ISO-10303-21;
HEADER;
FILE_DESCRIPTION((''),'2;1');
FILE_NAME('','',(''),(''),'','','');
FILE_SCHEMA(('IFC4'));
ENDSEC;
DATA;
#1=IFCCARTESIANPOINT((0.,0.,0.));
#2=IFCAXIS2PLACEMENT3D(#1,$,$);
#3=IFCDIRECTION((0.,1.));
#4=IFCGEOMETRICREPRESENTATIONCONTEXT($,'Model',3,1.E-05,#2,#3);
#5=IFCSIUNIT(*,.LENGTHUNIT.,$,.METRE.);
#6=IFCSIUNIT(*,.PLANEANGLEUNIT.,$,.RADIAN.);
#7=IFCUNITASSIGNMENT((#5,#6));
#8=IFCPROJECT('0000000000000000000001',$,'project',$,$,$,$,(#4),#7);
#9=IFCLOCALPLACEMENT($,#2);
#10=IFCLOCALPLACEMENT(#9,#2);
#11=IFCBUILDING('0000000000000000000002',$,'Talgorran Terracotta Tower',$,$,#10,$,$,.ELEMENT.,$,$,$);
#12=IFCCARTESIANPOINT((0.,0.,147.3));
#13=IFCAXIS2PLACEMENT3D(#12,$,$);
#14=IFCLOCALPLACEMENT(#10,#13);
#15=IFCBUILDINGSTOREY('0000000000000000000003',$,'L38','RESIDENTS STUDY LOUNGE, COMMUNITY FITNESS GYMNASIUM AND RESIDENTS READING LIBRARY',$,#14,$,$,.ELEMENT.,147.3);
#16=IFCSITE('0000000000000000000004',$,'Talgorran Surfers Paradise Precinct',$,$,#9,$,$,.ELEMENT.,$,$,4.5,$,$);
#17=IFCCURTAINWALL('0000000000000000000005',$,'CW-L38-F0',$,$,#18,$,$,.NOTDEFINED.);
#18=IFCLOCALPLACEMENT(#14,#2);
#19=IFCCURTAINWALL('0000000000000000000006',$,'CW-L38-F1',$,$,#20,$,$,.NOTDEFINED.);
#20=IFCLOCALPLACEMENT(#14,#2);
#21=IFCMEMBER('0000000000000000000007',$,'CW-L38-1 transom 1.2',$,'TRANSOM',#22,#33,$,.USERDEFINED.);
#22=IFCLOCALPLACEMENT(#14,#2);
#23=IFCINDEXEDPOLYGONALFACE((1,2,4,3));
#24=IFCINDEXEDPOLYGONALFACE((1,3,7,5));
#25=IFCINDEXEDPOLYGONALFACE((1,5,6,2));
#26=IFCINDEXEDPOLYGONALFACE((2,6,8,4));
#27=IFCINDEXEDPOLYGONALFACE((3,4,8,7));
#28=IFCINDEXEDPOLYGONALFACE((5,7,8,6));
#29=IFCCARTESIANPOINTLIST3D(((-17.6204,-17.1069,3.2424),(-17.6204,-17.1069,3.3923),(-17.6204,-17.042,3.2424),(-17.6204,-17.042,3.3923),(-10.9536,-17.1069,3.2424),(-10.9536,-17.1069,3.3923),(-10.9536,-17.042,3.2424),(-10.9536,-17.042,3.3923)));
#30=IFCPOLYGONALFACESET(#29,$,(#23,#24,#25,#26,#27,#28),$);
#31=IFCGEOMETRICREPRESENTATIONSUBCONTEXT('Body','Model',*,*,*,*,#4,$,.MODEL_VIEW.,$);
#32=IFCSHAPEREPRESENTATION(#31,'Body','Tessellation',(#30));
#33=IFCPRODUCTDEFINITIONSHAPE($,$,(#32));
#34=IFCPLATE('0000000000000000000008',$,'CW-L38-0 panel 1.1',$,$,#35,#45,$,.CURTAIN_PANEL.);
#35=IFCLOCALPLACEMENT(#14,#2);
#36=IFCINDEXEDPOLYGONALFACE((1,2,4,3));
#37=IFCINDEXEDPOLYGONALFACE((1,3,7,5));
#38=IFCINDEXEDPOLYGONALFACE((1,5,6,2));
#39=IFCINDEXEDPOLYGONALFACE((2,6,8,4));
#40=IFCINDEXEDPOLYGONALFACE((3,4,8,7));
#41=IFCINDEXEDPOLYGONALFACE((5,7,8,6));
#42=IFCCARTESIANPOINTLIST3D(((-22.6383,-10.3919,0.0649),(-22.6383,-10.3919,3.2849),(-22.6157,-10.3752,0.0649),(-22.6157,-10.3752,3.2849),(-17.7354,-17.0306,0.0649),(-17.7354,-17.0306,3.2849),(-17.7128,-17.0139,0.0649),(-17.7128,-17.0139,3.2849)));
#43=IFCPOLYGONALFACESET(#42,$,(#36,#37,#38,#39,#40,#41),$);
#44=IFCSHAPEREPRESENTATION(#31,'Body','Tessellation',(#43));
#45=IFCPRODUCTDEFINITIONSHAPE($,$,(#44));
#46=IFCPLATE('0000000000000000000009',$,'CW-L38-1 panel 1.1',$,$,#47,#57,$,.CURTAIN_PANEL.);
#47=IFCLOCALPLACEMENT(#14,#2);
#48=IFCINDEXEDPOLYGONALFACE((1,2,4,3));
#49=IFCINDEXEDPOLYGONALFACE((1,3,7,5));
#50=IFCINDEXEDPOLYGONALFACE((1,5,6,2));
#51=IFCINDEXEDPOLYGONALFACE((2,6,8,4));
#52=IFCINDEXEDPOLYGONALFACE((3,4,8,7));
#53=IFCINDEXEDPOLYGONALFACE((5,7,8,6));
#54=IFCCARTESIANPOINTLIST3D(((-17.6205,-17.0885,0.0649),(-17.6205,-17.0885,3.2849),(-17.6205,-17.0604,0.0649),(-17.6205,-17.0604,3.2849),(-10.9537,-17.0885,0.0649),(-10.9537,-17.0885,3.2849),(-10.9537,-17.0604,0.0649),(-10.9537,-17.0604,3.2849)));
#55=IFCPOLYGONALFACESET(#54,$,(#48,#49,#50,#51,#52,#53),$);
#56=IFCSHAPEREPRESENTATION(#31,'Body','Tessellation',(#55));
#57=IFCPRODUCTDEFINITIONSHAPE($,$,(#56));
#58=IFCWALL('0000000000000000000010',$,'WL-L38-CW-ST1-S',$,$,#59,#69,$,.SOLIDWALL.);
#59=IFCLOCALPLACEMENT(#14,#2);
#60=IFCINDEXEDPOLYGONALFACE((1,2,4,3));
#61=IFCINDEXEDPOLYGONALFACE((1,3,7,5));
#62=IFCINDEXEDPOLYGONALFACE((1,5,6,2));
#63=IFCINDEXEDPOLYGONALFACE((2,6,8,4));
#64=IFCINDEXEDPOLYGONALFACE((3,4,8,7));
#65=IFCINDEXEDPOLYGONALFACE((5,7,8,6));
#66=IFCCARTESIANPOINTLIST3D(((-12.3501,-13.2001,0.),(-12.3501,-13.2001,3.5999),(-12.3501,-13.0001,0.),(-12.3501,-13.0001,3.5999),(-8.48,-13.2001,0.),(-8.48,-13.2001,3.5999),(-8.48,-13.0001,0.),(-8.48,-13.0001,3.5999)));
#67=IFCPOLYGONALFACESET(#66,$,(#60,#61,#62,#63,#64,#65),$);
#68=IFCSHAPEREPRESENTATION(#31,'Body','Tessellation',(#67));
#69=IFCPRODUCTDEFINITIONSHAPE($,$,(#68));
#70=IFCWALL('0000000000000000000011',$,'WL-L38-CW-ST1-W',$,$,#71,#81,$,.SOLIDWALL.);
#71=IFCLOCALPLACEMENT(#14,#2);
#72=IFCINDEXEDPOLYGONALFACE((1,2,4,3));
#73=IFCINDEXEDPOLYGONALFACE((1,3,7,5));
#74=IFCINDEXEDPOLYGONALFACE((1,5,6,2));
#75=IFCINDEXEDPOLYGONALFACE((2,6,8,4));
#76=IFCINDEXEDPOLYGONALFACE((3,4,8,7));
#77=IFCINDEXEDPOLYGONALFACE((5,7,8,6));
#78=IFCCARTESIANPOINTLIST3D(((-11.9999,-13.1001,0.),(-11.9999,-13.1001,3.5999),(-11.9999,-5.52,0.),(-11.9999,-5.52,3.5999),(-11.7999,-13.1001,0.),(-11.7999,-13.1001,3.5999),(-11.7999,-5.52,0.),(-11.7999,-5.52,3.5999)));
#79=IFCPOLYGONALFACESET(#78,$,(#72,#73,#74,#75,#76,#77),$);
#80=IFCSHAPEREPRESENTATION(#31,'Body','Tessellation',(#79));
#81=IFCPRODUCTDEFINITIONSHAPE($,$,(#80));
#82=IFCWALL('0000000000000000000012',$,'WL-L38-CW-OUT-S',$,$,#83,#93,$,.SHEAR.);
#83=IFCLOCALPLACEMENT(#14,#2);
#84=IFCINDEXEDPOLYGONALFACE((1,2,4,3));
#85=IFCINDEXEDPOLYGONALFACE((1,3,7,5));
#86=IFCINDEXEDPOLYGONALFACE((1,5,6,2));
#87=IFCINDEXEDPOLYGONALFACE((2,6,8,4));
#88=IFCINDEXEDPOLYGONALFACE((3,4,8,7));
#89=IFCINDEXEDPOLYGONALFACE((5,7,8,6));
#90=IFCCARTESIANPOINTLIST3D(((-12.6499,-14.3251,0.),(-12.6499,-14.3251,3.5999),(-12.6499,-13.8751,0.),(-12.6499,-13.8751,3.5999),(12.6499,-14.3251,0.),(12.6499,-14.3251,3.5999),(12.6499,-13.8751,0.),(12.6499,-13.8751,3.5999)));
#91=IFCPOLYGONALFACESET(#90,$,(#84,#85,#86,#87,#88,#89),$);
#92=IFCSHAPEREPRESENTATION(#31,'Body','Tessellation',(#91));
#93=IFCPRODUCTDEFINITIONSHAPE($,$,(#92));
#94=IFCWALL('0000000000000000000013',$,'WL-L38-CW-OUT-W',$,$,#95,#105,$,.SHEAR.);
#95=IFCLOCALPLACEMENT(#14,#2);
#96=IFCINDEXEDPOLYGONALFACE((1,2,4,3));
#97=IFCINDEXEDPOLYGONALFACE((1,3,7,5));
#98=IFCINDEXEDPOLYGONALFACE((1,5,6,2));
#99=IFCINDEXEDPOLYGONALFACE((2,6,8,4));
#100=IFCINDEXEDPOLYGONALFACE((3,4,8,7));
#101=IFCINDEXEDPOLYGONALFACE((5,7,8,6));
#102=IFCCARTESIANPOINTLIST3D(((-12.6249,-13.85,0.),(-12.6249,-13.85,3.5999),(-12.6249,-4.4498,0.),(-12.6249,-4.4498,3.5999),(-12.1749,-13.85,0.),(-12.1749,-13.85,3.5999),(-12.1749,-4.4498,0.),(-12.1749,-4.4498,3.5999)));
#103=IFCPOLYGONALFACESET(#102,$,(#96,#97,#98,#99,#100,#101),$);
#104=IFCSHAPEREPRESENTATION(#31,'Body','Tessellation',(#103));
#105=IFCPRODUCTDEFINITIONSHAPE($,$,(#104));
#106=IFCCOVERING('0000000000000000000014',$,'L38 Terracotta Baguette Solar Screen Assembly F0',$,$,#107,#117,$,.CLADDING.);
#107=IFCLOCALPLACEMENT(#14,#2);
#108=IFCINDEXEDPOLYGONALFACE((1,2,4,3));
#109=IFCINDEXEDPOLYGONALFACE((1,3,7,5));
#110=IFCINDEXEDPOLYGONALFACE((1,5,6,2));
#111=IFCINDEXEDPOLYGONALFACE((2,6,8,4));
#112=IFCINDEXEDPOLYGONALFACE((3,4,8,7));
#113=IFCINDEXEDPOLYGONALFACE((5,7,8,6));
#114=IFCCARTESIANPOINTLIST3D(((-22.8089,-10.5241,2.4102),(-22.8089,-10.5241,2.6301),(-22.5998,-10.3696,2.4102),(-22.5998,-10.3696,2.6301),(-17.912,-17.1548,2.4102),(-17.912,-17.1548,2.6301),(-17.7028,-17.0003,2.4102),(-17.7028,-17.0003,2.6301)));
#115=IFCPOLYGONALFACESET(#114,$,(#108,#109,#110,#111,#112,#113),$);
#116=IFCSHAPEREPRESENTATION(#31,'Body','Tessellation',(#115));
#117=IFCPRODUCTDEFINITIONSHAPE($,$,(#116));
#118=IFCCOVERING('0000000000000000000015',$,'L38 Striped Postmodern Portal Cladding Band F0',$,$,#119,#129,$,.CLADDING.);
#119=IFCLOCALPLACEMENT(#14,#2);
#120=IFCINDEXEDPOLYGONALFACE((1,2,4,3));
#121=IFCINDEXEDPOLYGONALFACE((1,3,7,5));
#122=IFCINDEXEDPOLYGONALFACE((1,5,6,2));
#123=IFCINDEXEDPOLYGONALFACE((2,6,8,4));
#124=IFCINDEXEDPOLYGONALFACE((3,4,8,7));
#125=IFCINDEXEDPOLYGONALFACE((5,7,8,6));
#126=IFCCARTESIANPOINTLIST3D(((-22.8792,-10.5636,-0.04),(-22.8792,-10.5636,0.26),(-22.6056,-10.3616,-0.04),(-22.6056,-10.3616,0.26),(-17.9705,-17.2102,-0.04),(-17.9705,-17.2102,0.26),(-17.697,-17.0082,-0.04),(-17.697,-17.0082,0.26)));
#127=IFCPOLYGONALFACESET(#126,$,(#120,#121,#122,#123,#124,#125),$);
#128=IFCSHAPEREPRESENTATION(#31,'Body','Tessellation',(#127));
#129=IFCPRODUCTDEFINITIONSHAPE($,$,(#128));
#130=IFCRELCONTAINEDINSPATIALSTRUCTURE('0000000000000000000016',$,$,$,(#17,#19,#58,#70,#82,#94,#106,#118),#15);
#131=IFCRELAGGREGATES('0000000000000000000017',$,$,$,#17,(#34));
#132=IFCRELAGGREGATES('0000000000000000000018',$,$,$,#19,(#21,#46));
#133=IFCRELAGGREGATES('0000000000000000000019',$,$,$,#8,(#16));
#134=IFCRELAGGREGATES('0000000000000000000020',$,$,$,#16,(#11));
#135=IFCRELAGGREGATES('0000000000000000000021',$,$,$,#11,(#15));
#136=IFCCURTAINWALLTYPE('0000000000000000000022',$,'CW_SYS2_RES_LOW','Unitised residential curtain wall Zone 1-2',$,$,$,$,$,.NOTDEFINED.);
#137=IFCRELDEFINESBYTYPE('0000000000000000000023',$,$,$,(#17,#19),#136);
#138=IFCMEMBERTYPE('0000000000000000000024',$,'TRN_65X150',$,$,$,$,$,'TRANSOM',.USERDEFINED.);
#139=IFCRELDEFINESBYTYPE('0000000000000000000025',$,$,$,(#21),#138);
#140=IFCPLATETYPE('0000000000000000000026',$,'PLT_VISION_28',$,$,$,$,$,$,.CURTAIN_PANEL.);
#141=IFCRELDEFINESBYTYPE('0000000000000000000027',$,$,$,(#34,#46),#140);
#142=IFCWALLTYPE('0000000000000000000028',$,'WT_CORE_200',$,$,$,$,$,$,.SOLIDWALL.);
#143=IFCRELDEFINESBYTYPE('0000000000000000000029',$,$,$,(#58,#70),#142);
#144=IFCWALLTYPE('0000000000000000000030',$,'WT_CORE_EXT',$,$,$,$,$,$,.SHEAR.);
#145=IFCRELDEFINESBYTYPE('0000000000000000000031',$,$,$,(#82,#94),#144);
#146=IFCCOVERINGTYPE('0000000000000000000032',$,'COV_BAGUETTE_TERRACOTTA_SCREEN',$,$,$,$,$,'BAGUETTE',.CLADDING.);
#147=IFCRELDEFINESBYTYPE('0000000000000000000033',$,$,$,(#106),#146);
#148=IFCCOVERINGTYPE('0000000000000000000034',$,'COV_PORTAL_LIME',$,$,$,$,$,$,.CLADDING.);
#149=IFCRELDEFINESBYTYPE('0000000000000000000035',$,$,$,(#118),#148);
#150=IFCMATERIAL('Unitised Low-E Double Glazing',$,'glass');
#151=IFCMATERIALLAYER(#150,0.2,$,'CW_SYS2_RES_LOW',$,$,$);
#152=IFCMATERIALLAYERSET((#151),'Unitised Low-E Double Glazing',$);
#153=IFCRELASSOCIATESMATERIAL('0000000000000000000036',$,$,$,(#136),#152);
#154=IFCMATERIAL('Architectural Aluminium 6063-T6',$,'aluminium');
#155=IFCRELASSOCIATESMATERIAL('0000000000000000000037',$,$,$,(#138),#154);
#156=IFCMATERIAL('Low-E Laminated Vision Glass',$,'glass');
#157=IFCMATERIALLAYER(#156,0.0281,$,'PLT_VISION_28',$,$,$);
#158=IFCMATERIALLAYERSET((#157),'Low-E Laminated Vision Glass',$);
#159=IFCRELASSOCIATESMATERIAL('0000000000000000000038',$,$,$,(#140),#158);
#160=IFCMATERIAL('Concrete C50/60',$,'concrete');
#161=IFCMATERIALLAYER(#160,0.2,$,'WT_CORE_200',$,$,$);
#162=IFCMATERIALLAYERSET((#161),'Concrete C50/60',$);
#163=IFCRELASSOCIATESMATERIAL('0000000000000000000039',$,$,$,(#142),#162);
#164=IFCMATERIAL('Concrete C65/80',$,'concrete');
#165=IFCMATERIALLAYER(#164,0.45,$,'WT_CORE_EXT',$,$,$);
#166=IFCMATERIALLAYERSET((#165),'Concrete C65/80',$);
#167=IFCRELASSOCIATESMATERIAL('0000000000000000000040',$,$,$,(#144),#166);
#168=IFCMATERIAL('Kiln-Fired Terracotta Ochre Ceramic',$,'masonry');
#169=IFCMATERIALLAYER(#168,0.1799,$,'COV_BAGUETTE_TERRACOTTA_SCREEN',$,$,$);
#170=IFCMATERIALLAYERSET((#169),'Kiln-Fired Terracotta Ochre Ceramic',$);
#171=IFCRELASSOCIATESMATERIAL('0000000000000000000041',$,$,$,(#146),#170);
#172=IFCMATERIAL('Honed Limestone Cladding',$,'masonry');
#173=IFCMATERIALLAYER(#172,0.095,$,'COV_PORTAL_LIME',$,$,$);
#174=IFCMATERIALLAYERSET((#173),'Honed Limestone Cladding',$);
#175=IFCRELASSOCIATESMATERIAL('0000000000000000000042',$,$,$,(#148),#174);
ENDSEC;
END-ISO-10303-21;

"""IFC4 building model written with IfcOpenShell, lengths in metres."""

from ifc_helpers import new_model, si_unit, direction, frame, frame_2d, origin, origin_2d, place, context, subcontext, project, spatial, rectangle, extrude, source, transform, mapped, material, layer, layer_set, material_profile, profile_set, type_object, type_shapes, element, aggregate, save


model = new_model("IFC4")

# Units and contexts
model_context = context("Model", 3, precision=1e-05, world=origin(), true_north=direction((0.0, 1.0)))
body_context = subcontext(model_context, "Body", "Model", "MODEL_VIEW")
ifc_project = project(units=[si_unit("LENGTHUNIT", "METRE"), si_unit("PLANEANGLEUNIT", "RADIAN")], contexts=[model_context])

# Site, building, storey
site_placement = place(None, origin())
site = spatial("IfcSite", under=ifc_project, at=site_placement, Name="Talgorran Surfers Paradise Precinct", CompositionType="ELEMENT", RefElevation=4.5)
building_placement = place(site_placement, origin())
building = spatial("IfcBuilding", under=site, at=building_placement, Name="Talgorran Terracotta Tower", CompositionType="ELEMENT")
storey_placement = place(building_placement, frame((0.0, 0.0, 147.3)))
storey = spatial("IfcBuildingStorey", under=building, at=storey_placement, Name="L38", Description="RESIDENTS STUDY LOUNGE, COMMUNITY FITNESS GYMNASIUM AND RESIDENTS READING LIBRARY", CompositionType="ELEMENT", Elevation=147.3)

# Curtain wall
ifc_material_1 = material(Name="Unitised Low-E Double Glazing", Category="glass")
ifc_layer_1 = layer(ifc_material_1, 0.2, Name="CW_SYS2_RES_LOW")
ifc_layer_set_1 = layer_set([ifc_layer_1], Name="Unitised Low-E Double Glazing")
curtain_wall_type = type_object("IfcCurtainWallType", Name="CW_SYS2_RES_LOW", Description="Unitised residential curtain wall Zone 1-2", PredefinedType="NOTDEFINED", material=ifc_layer_set_1)
curtain_wall_1_placement = place(storey_placement, origin())
curtain_wall_1 = element("IfcCurtainWall", 1, at=curtain_wall_1_placement, inside=storey, type_object=curtain_wall_type, Name="CW-L38-F0", PredefinedType="NOTDEFINED")
ifc_material_2 = material(Name="Architectural Aluminium 6063-T6", Category="aluminium")

# Curtain wall
curtain_wall_2_placement = place(storey_placement, origin())
curtain_wall_2 = element("IfcCurtainWall", 2, at=curtain_wall_2_placement, inside=storey, type_object=curtain_wall_type, Name="CW-L38-F1", PredefinedType="NOTDEFINED")

# Member
ifc_material_profile_1 = material_profile(ifc_material_2, rectangle(XDim=0.0649, YDim=0.1499, at=origin_2d()), Name="CWT65X150")
ifc_profile_set_1 = profile_set([ifc_material_profile_1], Name="Architectural Aluminium 6063-T6")
member_type_1 = type_object("IfcMemberType", Name="TRN_65X150", ElementType="TRANSOM", PredefinedType="USERDEFINED", material=ifc_profile_set_1)
member_1_placement = place(storey_placement, frame((-17.6204, -17.0745, 3.3174), z_axis=(1.0, 0.0, 0.0), x_axis=(0.0, 1.0, 0.0)))
member_1 = element("IfcMember", 3, at=member_1_placement, type_object=member_type_1, Name="CW-L38-1 transom 1.2", ObjectType="TRANSOM", PredefinedType="USERDEFINED", context=body_context, shape_type="SweptSolid", body=[
    extrude(rectangle(XDim=0.0649, YDim=0.1499, at=origin_2d()), origin(), (0.0, 0.0, 1.0), 6.6667),
])

# Plates
ifc_material_3 = material(Name="Low-E Laminated Vision Glass", Category="glass")
ifc_layer_2 = layer(ifc_material_3, 0.0281, Name="PLT_VISION_28")
ifc_layer_set_2 = layer_set([ifc_layer_2], Name="Low-E Laminated Vision Glass")
plate_type = type_object("IfcPlateType", Name="PLT_VISION_28", PredefinedType="CURTAIN_PANEL", material=ifc_layer_set_2)
shared_shape_1 = source(origin(), body_context, "Body", "SweptSolid", [
    extrude(rectangle(XDim=8.2529, YDim=0.0281, at=origin_2d()), origin(), (0.0, 0.0, 1.0), 3.22),
])
plate_1_placement = place(storey_placement, frame((-20.1755, -13.7029, 0.0649), z_axis=(0.0, 0.0, 1.0), x_axis=(0.594082, -0.804404, 0.0)))
plate_1 = element("IfcPlate", 4, at=plate_1_placement, type_object=plate_type, Name="CW-L38-0 panel 1.1", PredefinedType="CURTAIN_PANEL", context=body_context, shape_type="MappedRepresentation", body=[
    mapped(shared_shape_1, transform((0.0, 0.0, 0.0), scale=1.0)),
])
aggregate(curtain_wall_1, [plate_1])
shared_shape_2 = source(origin(), body_context, "Body", "SweptSolid", [
    extrude(rectangle(XDim=6.6667, YDim=0.0281, at=origin_2d()), origin(), (0.0, 0.0, 1.0), 3.22),
])
type_shapes(plate_type, [shared_shape_1, shared_shape_2])
plate_2_placement = place(storey_placement, frame((-14.2871, -17.0745, 0.0649), z_axis=(0.0, 0.0, 1.0), x_axis=(1.0, 0.0, 0.0)))
plate_2 = element("IfcPlate", 5, at=plate_2_placement, type_object=plate_type, Name="CW-L38-1 panel 1.1", PredefinedType="CURTAIN_PANEL", context=body_context, shape_type="MappedRepresentation", body=[
    mapped(shared_shape_2, transform((0.0, 0.0, 0.0), scale=1.0)),
])
aggregate(curtain_wall_2, [member_1, plate_2])

# Walls
ifc_material_4 = material(Name="Concrete C50/60", Category="concrete")
ifc_layer_3 = layer(ifc_material_4, 0.2, Name="WT_CORE_200")
ifc_layer_set_3 = layer_set([ifc_layer_3], Name="Concrete C50/60")
wall_type_1 = type_object("IfcWallType", Name="WT_CORE_200", PredefinedType="SOLIDWALL", material=ifc_layer_set_3)
wall_1_placement = place(storey_placement, frame((-12.3501, -13.1001, 0.0), z_axis=(0.0, 0.0, 1.0), x_axis=(1.0, 0.0, 0.0)))
element("IfcWall", 6, at=wall_1_placement, inside=storey, type_object=wall_type_1, Name="WL-L38-CW-ST1-S", PredefinedType="SOLIDWALL", context=body_context, shape_type="SweptSolid", body=[
    extrude(rectangle(XDim=3.8701, YDim=0.2, at=frame_2d((1.9351, 0.0))), origin(), (0.0, 0.0, 1.0), 3.5999),
])
wall_2_placement = place(storey_placement, frame((-11.8999, -13.1001, 0.0), z_axis=(0.0, 0.0, 1.0), x_axis=(0.0, 1.0, 0.0)))
element("IfcWall", 7, at=wall_2_placement, inside=storey, type_object=wall_type_1, Name="WL-L38-CW-ST1-W", PredefinedType="SOLIDWALL", context=body_context, shape_type="SweptSolid", body=[
    extrude(rectangle(XDim=7.5801, YDim=0.2, at=frame_2d((3.79, 0.0))), origin(), (0.0, 0.0, 1.0), 3.5999),
])
ifc_material_5 = material(Name="Concrete C65/80", Category="concrete")
ifc_layer_4 = layer(ifc_material_5, 0.45, Name="WT_CORE_EXT")
ifc_layer_set_4 = layer_set([ifc_layer_4], Name="Concrete C65/80")
wall_type_2 = type_object("IfcWallType", Name="WT_CORE_EXT", PredefinedType="SHEAR", material=ifc_layer_set_4)
wall_3_placement = place(storey_placement, frame((-12.6499, -14.1001, 0.0), z_axis=(0.0, 0.0, 1.0), x_axis=(1.0, 0.0, 0.0)))
element("IfcWall", 8, at=wall_3_placement, inside=storey, type_object=wall_type_2, Name="WL-L38-CW-OUT-S", PredefinedType="SHEAR", context=body_context, shape_type="SweptSolid", body=[
    extrude(rectangle(XDim=25.2998, YDim=0.45, at=frame_2d((12.6499, 0.0))), origin(), (0.0, 0.0, 1.0), 3.5999),
])
wall_4_placement = place(storey_placement, frame((-12.3999, -13.8501, 0.0), z_axis=(0.0, 0.0, 1.0), x_axis=(0.0, 1.0, 0.0)))
element("IfcWall", 9, at=wall_4_placement, inside=storey, type_object=wall_type_2, Name="WL-L38-CW-OUT-W", PredefinedType="SHEAR", context=body_context, shape_type="SweptSolid", body=[
    extrude(rectangle(XDim=9.4001, YDim=0.45, at=frame_2d((4.7002, 0.0))), origin(), (0.0, 0.0, 1.0), 3.5999),
])

# Coverings
ifc_material_6 = material(Name="Kiln-Fired Terracotta Ochre Ceramic", Category="masonry")
ifc_layer_5 = layer(ifc_material_6, 0.1799, Name="COV_BAGUETTE_TERRACOTTA_SCREEN")
ifc_layer_set_5 = layer_set([ifc_layer_5], Name="Kiln-Fired Terracotta Ochre Ceramic")
covering_type_1 = type_object("IfcCoveringType", Name="COV_BAGUETTE_TERRACOTTA_SCREEN", ElementType="BAGUETTE", PredefinedType="CLADDING", material=ifc_layer_set_5)
covering_1_placement = place(storey_placement, frame((-20.2559, -13.7622, 2.4102), z_axis=(0.0, 0.0, 1.0), x_axis=(0.594079, -0.804407, 0.0)))
element("IfcCovering", 10, at=covering_1_placement, inside=storey, type_object=covering_type_1, Name="L38 Terracotta Baguette Solar Screen Assembly F0", PredefinedType="CLADDING", context=body_context, shape_type="SweptSolid", body=[
    extrude(rectangle(XDim=8.2429, YDim=0.26, at=origin_2d()), origin(), (0.0, 0.0, 1.0), 0.22),
])
ifc_material_7 = material(Name="Honed Limestone Cladding", Category="masonry")
ifc_layer_6 = layer(ifc_material_7, 0.095, Name="COV_PORTAL_LIME")
ifc_layer_set_6 = layer_set([ifc_layer_6], Name="Honed Limestone Cladding")
covering_type_2 = type_object("IfcCoveringType", Name="COV_PORTAL_LIME", PredefinedType="CLADDING", material=ifc_layer_set_6)
covering_2_placement = place(storey_placement, frame((-20.2881, -13.7859, -0.04), z_axis=(0.0, 0.0, 1.0), x_axis=(0.594079, -0.804407, 0.0)))
element("IfcCovering", 11, at=covering_2_placement, inside=storey, type_object=covering_type_2, Name="L38 Striped Postmodern Portal Cladding Band F0", PredefinedType="CLADDING", context=body_context, shape_type="SweptSolid", body=[
    extrude(rectangle(XDim=8.2627, YDim=0.3401, at=origin_2d()), origin(), (0.0, 0.0, 1.0), 0.3),
])

save(model, "model.ifc")
